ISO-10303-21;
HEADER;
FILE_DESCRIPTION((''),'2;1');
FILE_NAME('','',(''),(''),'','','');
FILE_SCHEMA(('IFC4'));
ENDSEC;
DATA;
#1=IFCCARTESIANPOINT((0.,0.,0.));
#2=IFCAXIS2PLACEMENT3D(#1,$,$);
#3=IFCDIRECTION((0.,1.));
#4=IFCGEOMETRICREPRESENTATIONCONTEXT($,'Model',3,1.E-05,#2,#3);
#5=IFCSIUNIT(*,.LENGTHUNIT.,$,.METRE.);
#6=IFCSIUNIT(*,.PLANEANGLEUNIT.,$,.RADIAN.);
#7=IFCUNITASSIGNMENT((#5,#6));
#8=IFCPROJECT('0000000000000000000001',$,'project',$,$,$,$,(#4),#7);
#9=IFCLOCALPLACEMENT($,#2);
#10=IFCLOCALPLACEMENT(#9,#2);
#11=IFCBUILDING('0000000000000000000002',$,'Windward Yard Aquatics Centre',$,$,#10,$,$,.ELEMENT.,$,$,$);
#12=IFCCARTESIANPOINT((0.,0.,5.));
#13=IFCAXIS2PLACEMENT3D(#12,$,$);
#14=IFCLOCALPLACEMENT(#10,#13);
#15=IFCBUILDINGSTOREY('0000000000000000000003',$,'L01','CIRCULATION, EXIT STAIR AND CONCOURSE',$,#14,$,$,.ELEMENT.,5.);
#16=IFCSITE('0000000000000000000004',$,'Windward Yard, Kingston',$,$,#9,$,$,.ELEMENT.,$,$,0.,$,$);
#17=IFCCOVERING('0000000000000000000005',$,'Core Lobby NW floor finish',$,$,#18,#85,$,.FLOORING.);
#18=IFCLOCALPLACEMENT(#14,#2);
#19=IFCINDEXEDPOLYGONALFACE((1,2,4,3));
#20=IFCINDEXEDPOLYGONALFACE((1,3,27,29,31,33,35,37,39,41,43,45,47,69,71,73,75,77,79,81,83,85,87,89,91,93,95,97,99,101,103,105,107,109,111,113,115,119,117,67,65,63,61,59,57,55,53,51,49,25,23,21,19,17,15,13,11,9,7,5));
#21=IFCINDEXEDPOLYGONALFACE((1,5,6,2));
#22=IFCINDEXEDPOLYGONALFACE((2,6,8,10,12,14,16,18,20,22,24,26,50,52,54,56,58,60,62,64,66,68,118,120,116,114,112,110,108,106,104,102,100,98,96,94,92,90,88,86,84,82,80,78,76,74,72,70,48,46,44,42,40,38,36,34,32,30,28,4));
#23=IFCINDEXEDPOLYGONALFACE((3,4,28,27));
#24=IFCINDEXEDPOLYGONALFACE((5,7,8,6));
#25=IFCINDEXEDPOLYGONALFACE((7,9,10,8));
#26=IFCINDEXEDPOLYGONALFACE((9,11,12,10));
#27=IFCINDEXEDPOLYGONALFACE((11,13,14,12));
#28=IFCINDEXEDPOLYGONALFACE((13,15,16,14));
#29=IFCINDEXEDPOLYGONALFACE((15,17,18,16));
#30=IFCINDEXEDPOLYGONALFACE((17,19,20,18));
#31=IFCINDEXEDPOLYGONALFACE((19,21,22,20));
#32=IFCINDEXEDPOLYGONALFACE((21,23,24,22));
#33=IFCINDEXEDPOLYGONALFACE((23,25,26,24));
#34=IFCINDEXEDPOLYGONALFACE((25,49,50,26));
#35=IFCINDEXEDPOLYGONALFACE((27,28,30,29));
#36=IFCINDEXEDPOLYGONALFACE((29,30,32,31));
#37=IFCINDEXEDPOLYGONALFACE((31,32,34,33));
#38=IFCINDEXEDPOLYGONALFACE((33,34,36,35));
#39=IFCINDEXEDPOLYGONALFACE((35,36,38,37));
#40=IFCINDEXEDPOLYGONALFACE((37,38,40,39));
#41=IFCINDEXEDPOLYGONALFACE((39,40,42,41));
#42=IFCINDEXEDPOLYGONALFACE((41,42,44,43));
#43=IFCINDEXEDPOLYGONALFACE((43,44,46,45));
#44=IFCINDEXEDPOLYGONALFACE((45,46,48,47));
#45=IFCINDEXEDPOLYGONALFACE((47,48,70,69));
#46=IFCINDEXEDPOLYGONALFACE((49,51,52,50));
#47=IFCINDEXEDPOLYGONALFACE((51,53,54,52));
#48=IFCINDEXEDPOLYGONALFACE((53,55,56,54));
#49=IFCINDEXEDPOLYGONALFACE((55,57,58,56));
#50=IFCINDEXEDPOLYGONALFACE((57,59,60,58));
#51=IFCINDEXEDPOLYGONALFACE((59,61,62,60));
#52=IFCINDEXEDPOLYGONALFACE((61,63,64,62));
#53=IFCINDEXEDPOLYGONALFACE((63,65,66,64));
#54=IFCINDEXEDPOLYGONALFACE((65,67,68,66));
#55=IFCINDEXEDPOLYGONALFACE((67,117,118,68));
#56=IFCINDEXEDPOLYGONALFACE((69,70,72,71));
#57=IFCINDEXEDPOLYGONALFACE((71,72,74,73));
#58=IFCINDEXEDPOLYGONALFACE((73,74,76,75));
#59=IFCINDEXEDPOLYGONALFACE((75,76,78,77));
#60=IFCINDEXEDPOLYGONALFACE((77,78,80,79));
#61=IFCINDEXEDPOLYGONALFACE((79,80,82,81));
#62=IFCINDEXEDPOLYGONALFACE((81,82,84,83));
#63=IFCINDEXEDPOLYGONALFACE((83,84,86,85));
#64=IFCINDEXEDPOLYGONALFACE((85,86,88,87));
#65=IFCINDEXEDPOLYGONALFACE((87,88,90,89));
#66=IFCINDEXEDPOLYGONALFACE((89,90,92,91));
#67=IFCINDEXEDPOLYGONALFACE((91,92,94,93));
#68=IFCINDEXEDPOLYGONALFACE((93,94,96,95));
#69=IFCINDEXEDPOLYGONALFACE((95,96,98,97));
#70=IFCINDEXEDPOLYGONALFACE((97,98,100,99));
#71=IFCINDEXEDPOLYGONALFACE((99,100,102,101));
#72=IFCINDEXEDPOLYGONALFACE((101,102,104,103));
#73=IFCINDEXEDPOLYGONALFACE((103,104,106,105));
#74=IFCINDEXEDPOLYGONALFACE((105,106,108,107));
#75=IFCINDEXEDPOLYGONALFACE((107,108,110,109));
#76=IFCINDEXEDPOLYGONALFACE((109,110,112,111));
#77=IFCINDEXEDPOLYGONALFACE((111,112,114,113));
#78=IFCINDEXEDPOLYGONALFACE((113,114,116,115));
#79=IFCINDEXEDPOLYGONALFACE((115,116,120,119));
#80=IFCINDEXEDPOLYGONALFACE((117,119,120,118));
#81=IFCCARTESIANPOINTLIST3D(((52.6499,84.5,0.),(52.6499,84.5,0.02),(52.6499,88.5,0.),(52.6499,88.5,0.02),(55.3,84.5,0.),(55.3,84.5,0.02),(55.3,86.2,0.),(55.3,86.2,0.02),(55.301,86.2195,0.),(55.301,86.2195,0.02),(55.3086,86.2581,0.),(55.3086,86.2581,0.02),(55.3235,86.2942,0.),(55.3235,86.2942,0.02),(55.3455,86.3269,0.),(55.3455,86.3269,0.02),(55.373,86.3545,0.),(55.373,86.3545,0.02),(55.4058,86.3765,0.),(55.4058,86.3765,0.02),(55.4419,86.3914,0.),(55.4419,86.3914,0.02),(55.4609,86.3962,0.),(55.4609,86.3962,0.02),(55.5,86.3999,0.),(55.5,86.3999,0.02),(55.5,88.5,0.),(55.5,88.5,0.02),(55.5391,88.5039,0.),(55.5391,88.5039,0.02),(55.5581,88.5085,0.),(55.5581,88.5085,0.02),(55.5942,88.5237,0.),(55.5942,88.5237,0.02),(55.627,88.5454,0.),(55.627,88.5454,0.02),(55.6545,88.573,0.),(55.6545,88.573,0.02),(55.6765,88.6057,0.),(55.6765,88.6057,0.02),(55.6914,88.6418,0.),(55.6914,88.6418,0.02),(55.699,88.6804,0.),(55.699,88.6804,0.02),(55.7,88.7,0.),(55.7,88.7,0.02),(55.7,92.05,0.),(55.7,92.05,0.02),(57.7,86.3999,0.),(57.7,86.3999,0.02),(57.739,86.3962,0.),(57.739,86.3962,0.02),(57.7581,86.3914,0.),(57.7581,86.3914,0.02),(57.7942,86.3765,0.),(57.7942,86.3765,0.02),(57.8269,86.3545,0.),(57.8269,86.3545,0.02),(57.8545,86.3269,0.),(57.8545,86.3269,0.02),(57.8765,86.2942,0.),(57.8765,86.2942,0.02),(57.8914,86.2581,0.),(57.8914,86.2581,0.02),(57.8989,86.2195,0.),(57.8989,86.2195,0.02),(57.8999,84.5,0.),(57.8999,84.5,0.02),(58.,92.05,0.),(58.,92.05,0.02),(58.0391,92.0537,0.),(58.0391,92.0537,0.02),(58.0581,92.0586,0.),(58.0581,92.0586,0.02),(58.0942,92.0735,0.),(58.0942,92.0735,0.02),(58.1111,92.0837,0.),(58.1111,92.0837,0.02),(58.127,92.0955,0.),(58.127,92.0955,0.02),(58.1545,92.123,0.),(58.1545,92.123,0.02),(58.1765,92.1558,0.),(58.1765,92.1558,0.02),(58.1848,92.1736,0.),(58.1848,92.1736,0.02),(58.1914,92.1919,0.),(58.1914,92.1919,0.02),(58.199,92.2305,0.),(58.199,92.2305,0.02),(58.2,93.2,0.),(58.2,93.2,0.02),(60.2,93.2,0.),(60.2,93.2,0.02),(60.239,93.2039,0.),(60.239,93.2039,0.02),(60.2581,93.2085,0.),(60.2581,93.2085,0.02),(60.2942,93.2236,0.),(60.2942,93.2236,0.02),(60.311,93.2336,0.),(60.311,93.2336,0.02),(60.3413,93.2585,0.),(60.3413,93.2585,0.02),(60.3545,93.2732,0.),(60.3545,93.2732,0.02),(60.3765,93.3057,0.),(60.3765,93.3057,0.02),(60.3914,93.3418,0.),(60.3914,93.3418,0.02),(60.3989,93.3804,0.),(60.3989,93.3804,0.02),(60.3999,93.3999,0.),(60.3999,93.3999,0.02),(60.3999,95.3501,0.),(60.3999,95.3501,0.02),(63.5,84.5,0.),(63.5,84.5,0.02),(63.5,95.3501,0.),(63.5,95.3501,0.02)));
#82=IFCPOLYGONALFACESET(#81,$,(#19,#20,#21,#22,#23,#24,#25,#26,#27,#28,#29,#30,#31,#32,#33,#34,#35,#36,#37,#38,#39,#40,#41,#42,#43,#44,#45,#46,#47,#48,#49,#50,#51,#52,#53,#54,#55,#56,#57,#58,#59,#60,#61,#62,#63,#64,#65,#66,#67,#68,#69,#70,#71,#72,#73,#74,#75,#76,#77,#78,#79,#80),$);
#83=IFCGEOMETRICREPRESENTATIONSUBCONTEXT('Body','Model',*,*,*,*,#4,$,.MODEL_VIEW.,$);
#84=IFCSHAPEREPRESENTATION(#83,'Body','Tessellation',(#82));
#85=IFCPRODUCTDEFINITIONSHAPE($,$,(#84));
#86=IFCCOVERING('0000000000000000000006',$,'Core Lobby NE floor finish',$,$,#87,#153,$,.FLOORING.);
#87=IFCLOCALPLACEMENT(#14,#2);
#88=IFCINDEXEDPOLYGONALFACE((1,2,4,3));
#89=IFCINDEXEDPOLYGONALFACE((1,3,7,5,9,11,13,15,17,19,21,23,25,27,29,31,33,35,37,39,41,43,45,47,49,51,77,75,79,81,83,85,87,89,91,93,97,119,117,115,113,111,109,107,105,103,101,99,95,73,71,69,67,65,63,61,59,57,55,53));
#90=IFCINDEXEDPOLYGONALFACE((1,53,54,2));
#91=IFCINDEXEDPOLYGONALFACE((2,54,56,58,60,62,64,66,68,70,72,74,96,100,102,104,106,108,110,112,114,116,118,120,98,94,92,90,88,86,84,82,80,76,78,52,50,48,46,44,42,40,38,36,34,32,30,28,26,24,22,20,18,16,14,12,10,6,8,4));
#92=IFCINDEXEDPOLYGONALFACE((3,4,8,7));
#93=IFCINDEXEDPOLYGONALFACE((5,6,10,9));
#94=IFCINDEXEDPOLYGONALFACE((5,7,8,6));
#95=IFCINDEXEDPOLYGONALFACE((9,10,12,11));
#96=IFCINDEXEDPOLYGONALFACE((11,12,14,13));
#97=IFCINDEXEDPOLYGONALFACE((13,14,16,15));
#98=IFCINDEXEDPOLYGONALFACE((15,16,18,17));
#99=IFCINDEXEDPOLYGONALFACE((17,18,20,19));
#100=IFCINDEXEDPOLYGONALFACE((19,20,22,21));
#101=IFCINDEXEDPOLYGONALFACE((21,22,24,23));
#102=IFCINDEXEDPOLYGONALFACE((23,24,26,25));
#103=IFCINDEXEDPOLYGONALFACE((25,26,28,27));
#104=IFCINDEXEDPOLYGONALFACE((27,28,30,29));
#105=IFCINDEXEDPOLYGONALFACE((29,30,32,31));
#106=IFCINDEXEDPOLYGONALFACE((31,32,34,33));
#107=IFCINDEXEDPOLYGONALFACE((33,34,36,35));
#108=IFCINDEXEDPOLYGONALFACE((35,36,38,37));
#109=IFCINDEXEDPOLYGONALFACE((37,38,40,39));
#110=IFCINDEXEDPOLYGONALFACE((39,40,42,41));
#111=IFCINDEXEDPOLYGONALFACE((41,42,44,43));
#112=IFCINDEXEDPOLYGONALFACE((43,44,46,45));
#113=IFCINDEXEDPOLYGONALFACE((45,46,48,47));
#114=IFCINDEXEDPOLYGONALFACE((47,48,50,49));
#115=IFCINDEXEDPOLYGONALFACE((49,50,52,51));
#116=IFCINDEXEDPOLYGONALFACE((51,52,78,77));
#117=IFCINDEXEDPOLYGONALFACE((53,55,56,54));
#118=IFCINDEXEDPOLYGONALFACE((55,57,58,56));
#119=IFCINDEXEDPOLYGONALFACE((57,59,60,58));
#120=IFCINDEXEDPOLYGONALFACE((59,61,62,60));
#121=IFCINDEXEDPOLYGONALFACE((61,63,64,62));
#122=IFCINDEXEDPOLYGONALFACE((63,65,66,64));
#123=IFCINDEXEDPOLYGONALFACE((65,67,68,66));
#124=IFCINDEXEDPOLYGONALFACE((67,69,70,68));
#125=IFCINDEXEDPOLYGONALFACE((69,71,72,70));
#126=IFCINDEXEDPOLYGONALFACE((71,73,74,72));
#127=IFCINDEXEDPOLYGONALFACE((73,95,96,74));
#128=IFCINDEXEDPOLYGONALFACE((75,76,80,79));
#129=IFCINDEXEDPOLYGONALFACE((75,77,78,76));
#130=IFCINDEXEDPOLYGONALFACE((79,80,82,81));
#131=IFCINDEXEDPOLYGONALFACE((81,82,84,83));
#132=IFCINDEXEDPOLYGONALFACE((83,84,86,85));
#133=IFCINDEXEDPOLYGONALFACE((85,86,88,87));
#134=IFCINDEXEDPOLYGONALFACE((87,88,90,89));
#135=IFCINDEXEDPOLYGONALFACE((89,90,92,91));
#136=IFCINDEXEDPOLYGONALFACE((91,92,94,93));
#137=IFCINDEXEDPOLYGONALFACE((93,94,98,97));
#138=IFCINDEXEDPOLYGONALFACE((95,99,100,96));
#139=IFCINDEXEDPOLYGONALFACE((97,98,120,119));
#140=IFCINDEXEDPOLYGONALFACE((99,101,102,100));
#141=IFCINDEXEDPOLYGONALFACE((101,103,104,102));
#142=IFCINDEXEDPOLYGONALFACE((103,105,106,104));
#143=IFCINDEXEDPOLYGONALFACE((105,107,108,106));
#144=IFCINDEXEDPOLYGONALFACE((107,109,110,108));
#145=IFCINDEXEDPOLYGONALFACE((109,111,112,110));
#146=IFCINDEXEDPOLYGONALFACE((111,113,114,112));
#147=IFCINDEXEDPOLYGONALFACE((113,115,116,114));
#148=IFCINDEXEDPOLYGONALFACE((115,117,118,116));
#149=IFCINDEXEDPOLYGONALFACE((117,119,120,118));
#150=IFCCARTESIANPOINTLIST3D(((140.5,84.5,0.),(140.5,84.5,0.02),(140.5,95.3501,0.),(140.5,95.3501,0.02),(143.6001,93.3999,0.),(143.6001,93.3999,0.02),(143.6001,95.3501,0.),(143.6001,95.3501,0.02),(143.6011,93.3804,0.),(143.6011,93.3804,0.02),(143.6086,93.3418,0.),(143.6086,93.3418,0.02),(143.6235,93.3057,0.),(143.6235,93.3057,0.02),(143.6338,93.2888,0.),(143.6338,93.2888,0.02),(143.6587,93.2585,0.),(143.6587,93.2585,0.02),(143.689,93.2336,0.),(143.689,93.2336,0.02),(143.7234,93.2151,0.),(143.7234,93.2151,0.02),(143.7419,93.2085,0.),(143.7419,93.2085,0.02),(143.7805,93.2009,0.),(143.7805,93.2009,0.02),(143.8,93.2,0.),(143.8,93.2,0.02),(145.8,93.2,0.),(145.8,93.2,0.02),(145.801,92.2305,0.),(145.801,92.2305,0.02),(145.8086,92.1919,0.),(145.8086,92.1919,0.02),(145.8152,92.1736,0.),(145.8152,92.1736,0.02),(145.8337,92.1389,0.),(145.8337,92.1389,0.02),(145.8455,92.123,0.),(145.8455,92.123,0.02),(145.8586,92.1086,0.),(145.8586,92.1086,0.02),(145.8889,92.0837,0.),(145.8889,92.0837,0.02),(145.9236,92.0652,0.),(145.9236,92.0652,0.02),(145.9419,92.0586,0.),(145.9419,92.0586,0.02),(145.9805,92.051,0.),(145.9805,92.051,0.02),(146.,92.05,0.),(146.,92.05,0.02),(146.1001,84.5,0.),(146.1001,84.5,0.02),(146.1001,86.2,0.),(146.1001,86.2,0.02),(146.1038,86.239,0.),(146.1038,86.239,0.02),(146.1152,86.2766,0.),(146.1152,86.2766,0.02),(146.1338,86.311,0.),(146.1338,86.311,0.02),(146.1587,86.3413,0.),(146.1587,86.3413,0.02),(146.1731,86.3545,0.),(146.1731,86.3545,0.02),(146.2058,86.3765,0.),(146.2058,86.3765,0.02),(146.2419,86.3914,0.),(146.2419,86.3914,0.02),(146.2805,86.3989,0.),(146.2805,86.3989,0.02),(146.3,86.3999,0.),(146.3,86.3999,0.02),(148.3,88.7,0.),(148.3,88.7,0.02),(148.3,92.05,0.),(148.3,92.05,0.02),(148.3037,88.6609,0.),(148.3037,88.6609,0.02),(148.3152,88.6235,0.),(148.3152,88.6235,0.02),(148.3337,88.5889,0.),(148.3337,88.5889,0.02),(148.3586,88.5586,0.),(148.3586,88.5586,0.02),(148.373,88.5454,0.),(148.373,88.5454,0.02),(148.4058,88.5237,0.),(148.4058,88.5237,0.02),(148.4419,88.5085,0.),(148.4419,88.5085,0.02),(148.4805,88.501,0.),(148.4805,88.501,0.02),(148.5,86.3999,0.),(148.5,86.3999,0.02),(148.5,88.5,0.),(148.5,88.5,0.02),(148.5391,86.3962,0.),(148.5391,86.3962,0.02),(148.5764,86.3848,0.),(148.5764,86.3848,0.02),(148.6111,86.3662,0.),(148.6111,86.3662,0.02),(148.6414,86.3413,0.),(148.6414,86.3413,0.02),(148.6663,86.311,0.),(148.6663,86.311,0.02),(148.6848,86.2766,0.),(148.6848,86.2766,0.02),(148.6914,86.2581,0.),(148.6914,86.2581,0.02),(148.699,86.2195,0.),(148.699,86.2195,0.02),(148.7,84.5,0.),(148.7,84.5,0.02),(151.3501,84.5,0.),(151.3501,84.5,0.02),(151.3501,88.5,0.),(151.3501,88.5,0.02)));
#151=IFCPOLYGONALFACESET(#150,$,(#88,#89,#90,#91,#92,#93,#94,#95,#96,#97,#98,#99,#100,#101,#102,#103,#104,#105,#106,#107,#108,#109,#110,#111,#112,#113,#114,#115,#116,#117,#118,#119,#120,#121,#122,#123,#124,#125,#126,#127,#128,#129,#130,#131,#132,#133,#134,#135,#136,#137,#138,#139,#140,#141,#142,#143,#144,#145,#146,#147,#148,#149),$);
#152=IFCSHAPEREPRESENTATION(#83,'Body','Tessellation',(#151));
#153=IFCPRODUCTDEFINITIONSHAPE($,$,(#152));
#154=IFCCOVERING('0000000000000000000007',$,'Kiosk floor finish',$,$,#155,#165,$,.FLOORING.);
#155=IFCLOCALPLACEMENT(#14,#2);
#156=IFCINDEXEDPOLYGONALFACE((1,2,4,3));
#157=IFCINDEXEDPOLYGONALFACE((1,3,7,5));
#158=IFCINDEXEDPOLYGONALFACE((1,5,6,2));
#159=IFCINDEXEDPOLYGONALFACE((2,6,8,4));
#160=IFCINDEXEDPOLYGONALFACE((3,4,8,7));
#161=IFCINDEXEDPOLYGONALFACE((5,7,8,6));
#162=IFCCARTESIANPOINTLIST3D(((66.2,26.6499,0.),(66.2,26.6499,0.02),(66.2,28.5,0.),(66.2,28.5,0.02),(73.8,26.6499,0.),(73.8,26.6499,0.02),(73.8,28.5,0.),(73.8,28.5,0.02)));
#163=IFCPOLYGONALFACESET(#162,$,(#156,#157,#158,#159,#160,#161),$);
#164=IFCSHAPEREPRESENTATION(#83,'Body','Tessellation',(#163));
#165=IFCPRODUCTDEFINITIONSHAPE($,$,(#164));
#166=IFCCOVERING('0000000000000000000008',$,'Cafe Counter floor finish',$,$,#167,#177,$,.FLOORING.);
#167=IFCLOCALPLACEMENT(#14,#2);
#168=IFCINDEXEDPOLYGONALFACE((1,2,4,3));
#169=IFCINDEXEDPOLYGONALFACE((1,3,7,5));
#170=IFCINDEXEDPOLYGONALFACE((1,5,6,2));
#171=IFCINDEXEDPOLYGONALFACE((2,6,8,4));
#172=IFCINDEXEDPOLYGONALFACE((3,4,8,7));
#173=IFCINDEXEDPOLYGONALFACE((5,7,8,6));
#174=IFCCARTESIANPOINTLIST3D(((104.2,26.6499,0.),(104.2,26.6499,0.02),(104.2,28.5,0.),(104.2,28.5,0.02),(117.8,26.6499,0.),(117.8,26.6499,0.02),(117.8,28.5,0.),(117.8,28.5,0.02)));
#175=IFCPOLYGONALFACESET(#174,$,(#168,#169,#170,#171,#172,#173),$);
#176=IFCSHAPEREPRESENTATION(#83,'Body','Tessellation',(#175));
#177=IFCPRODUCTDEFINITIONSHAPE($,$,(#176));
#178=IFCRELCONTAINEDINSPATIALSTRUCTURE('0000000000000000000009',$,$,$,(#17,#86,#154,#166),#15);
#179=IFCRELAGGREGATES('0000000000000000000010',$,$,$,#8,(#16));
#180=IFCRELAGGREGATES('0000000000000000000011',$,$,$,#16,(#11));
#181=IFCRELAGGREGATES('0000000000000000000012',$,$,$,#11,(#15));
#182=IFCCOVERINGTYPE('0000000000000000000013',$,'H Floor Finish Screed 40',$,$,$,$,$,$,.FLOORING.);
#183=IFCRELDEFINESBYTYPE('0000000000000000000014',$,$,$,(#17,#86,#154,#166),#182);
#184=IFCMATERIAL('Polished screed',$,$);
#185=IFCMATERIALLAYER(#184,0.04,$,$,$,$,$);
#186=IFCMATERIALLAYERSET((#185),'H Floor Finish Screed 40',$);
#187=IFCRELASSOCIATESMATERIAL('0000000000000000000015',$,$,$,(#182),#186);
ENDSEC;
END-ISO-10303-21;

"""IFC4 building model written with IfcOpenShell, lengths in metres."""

from ifc_helpers import new_model, si_unit, direction, frame, origin, place, context, subcontext, project, spatial, polyline, outline, extrude, material, layer, layer_set, type_object, element, save


model = new_model("IFC4")

# Units and contexts
model_context = context("Model", 3, precision=1e-05, world=origin(), true_north=direction((0.0, 1.0)))
body_context = subcontext(model_context, "Body", "Model", "MODEL_VIEW")
ifc_project = project(units=[si_unit("LENGTHUNIT", "METRE"), si_unit("PLANEANGLEUNIT", "RADIAN")], contexts=[model_context])

# Site, building, storey
site_placement = place(None, origin())
site = spatial("IfcSite", under=ifc_project, at=site_placement, Name="Windward Yard, Kingston", CompositionType="ELEMENT", RefElevation=0.0)
building_placement = place(site_placement, origin())
building = spatial("IfcBuilding", under=site, at=building_placement, Name="Windward Yard Aquatics Centre", CompositionType="ELEMENT")
storey_placement = place(building_placement, frame((0.0, 0.0, 5.0)))
storey = spatial("IfcBuildingStorey", under=building, at=storey_placement, Name="L01", Description="CIRCULATION, EXIT STAIR AND CONCOURSE", CompositionType="ELEMENT", Elevation=5.0)

# Coverings
ifc_material_1 = material(Name="Polished screed")
ifc_layer_1 = layer(ifc_material_1, 0.04)
ifc_layer_set_1 = layer_set([ifc_layer_1], Name="H Floor Finish Screed 40")
covering_type_1 = type_object("IfcCoveringType", Name="H Floor Finish Screed 40", PredefinedType="FLOORING", material=ifc_layer_set_1)
covering_1_placement = place(storey_placement, origin())
element("IfcCovering", 1, at=covering_1_placement, inside=storey, type_object=covering_type_1, Name="Core Lobby NW floor finish", PredefinedType="FLOORING", context=body_context, shape_type="SweptSolid", body=[
    extrude(outline(polyline([(52.6499, 84.5), (52.6499, 88.5), (55.5, 88.5), (55.5391, 88.5039), (55.5581, 88.5085), (55.5942, 88.5237), (55.627, 88.5454), (55.6545, 88.573), (55.6765, 88.6057), (55.6914, 88.6418), (55.699, 88.6804), (55.7, 88.7), (55.7, 92.05), (58.0, 92.05), (58.0391, 92.0537), (58.0581, 92.0586), (58.0942, 92.0735), (58.1111, 92.0837), (58.127, 92.0955), (58.1545, 92.123), (58.1765, 92.1558), (58.1848, 92.1736), (58.1914, 92.1919), (58.199, 92.2305), (58.2, 93.2), (60.2, 93.2), (60.239, 93.2039), (60.2581, 93.2085), (60.2942, 93.2236), (60.311, 93.2336), (60.3413, 93.2585), (60.3545, 93.2732), (60.3765, 93.3057), (60.3914, 93.3418), (60.3989, 93.3804), (60.3999, 93.3999), (60.3999, 95.3501), (63.5, 95.3501), (63.5, 84.5), (57.8999, 84.5), (57.8989, 86.2195), (57.8914, 86.2581), (57.8765, 86.2942), (57.8545, 86.3269), (57.8269, 86.3545), (57.7942, 86.3765), (57.7581, 86.3914), (57.739, 86.3962), (57.7, 86.3999), (55.5, 86.3999), (55.4609, 86.3962), (55.4419, 86.3914), (55.4058, 86.3765), (55.373, 86.3545), (55.3455, 86.3269), (55.3235, 86.2942), (55.3086, 86.2581), (55.301, 86.2195), (55.3, 86.2), (55.3, 84.5), (52.6499, 84.5)])), origin(), (0.0, 0.0, 1.0), 0.02),
])
covering_2_placement = place(storey_placement, origin())
element("IfcCovering", 2, at=covering_2_placement, inside=storey, type_object=covering_type_1, Name="Core Lobby NE floor finish", PredefinedType="FLOORING", context=body_context, shape_type="SweptSolid", body=[
    extrude(outline(polyline([(140.5, 84.5), (140.5, 95.3501), (143.6001, 95.3501), (143.6001, 93.3999), (143.6011, 93.3804), (143.6086, 93.3418), (143.6235, 93.3057), (143.6338, 93.2888), (143.6587, 93.2585), (143.689, 93.2336), (143.7234, 93.2151), (143.7419, 93.2085), (143.7805, 93.2009), (143.8, 93.2), (145.8, 93.2), (145.801, 92.2305), (145.8086, 92.1919), (145.8152, 92.1736), (145.8337, 92.1389), (145.8455, 92.123), (145.8586, 92.1086), (145.8889, 92.0837), (145.9236, 92.0652), (145.9419, 92.0586), (145.9805, 92.051), (146.0, 92.05), (148.3, 92.05), (148.3, 88.7), (148.3037, 88.6609), (148.3152, 88.6235), (148.3337, 88.5889), (148.3586, 88.5586), (148.373, 88.5454), (148.4058, 88.5237), (148.4419, 88.5085), (148.4805, 88.501), (148.5, 88.5), (151.3501, 88.5), (151.3501, 84.5), (148.7, 84.5), (148.699, 86.2195), (148.6914, 86.2581), (148.6848, 86.2766), (148.6663, 86.311), (148.6414, 86.3413), (148.6111, 86.3662), (148.5764, 86.3848), (148.5391, 86.3962), (148.5, 86.3999), (146.3, 86.3999), (146.2805, 86.3989), (146.2419, 86.3914), (146.2058, 86.3765), (146.1731, 86.3545), (146.1587, 86.3413), (146.1338, 86.311), (146.1152, 86.2766), (146.1038, 86.239), (146.1001, 86.2), (146.1001, 84.5), (140.5, 84.5)])), origin(), (0.0, 0.0, 1.0), 0.02),
])
covering_3_placement = place(storey_placement, origin())
element("IfcCovering", 3, at=covering_3_placement, inside=storey, type_object=covering_type_1, Name="Kiosk floor finish", PredefinedType="FLOORING", context=body_context, shape_type="SweptSolid", body=[
    extrude(outline(polyline([(66.2, 26.6499), (66.2, 28.5), (73.8, 28.5), (73.8, 26.6499), (66.2, 26.6499)])), origin(), (0.0, 0.0, 1.0), 0.02),
])
covering_4_placement = place(storey_placement, origin())
element("IfcCovering", 4, at=covering_4_placement, inside=storey, type_object=covering_type_1, Name="Cafe Counter floor finish", PredefinedType="FLOORING", context=body_context, shape_type="SweptSolid", body=[
    extrude(outline(polyline([(104.2, 26.6499), (104.2, 28.5), (117.8, 28.5), (117.8, 26.6499), (104.2, 26.6499)])), origin(), (0.0, 0.0, 1.0), 0.02),
])

save(model, "model.ifc")
